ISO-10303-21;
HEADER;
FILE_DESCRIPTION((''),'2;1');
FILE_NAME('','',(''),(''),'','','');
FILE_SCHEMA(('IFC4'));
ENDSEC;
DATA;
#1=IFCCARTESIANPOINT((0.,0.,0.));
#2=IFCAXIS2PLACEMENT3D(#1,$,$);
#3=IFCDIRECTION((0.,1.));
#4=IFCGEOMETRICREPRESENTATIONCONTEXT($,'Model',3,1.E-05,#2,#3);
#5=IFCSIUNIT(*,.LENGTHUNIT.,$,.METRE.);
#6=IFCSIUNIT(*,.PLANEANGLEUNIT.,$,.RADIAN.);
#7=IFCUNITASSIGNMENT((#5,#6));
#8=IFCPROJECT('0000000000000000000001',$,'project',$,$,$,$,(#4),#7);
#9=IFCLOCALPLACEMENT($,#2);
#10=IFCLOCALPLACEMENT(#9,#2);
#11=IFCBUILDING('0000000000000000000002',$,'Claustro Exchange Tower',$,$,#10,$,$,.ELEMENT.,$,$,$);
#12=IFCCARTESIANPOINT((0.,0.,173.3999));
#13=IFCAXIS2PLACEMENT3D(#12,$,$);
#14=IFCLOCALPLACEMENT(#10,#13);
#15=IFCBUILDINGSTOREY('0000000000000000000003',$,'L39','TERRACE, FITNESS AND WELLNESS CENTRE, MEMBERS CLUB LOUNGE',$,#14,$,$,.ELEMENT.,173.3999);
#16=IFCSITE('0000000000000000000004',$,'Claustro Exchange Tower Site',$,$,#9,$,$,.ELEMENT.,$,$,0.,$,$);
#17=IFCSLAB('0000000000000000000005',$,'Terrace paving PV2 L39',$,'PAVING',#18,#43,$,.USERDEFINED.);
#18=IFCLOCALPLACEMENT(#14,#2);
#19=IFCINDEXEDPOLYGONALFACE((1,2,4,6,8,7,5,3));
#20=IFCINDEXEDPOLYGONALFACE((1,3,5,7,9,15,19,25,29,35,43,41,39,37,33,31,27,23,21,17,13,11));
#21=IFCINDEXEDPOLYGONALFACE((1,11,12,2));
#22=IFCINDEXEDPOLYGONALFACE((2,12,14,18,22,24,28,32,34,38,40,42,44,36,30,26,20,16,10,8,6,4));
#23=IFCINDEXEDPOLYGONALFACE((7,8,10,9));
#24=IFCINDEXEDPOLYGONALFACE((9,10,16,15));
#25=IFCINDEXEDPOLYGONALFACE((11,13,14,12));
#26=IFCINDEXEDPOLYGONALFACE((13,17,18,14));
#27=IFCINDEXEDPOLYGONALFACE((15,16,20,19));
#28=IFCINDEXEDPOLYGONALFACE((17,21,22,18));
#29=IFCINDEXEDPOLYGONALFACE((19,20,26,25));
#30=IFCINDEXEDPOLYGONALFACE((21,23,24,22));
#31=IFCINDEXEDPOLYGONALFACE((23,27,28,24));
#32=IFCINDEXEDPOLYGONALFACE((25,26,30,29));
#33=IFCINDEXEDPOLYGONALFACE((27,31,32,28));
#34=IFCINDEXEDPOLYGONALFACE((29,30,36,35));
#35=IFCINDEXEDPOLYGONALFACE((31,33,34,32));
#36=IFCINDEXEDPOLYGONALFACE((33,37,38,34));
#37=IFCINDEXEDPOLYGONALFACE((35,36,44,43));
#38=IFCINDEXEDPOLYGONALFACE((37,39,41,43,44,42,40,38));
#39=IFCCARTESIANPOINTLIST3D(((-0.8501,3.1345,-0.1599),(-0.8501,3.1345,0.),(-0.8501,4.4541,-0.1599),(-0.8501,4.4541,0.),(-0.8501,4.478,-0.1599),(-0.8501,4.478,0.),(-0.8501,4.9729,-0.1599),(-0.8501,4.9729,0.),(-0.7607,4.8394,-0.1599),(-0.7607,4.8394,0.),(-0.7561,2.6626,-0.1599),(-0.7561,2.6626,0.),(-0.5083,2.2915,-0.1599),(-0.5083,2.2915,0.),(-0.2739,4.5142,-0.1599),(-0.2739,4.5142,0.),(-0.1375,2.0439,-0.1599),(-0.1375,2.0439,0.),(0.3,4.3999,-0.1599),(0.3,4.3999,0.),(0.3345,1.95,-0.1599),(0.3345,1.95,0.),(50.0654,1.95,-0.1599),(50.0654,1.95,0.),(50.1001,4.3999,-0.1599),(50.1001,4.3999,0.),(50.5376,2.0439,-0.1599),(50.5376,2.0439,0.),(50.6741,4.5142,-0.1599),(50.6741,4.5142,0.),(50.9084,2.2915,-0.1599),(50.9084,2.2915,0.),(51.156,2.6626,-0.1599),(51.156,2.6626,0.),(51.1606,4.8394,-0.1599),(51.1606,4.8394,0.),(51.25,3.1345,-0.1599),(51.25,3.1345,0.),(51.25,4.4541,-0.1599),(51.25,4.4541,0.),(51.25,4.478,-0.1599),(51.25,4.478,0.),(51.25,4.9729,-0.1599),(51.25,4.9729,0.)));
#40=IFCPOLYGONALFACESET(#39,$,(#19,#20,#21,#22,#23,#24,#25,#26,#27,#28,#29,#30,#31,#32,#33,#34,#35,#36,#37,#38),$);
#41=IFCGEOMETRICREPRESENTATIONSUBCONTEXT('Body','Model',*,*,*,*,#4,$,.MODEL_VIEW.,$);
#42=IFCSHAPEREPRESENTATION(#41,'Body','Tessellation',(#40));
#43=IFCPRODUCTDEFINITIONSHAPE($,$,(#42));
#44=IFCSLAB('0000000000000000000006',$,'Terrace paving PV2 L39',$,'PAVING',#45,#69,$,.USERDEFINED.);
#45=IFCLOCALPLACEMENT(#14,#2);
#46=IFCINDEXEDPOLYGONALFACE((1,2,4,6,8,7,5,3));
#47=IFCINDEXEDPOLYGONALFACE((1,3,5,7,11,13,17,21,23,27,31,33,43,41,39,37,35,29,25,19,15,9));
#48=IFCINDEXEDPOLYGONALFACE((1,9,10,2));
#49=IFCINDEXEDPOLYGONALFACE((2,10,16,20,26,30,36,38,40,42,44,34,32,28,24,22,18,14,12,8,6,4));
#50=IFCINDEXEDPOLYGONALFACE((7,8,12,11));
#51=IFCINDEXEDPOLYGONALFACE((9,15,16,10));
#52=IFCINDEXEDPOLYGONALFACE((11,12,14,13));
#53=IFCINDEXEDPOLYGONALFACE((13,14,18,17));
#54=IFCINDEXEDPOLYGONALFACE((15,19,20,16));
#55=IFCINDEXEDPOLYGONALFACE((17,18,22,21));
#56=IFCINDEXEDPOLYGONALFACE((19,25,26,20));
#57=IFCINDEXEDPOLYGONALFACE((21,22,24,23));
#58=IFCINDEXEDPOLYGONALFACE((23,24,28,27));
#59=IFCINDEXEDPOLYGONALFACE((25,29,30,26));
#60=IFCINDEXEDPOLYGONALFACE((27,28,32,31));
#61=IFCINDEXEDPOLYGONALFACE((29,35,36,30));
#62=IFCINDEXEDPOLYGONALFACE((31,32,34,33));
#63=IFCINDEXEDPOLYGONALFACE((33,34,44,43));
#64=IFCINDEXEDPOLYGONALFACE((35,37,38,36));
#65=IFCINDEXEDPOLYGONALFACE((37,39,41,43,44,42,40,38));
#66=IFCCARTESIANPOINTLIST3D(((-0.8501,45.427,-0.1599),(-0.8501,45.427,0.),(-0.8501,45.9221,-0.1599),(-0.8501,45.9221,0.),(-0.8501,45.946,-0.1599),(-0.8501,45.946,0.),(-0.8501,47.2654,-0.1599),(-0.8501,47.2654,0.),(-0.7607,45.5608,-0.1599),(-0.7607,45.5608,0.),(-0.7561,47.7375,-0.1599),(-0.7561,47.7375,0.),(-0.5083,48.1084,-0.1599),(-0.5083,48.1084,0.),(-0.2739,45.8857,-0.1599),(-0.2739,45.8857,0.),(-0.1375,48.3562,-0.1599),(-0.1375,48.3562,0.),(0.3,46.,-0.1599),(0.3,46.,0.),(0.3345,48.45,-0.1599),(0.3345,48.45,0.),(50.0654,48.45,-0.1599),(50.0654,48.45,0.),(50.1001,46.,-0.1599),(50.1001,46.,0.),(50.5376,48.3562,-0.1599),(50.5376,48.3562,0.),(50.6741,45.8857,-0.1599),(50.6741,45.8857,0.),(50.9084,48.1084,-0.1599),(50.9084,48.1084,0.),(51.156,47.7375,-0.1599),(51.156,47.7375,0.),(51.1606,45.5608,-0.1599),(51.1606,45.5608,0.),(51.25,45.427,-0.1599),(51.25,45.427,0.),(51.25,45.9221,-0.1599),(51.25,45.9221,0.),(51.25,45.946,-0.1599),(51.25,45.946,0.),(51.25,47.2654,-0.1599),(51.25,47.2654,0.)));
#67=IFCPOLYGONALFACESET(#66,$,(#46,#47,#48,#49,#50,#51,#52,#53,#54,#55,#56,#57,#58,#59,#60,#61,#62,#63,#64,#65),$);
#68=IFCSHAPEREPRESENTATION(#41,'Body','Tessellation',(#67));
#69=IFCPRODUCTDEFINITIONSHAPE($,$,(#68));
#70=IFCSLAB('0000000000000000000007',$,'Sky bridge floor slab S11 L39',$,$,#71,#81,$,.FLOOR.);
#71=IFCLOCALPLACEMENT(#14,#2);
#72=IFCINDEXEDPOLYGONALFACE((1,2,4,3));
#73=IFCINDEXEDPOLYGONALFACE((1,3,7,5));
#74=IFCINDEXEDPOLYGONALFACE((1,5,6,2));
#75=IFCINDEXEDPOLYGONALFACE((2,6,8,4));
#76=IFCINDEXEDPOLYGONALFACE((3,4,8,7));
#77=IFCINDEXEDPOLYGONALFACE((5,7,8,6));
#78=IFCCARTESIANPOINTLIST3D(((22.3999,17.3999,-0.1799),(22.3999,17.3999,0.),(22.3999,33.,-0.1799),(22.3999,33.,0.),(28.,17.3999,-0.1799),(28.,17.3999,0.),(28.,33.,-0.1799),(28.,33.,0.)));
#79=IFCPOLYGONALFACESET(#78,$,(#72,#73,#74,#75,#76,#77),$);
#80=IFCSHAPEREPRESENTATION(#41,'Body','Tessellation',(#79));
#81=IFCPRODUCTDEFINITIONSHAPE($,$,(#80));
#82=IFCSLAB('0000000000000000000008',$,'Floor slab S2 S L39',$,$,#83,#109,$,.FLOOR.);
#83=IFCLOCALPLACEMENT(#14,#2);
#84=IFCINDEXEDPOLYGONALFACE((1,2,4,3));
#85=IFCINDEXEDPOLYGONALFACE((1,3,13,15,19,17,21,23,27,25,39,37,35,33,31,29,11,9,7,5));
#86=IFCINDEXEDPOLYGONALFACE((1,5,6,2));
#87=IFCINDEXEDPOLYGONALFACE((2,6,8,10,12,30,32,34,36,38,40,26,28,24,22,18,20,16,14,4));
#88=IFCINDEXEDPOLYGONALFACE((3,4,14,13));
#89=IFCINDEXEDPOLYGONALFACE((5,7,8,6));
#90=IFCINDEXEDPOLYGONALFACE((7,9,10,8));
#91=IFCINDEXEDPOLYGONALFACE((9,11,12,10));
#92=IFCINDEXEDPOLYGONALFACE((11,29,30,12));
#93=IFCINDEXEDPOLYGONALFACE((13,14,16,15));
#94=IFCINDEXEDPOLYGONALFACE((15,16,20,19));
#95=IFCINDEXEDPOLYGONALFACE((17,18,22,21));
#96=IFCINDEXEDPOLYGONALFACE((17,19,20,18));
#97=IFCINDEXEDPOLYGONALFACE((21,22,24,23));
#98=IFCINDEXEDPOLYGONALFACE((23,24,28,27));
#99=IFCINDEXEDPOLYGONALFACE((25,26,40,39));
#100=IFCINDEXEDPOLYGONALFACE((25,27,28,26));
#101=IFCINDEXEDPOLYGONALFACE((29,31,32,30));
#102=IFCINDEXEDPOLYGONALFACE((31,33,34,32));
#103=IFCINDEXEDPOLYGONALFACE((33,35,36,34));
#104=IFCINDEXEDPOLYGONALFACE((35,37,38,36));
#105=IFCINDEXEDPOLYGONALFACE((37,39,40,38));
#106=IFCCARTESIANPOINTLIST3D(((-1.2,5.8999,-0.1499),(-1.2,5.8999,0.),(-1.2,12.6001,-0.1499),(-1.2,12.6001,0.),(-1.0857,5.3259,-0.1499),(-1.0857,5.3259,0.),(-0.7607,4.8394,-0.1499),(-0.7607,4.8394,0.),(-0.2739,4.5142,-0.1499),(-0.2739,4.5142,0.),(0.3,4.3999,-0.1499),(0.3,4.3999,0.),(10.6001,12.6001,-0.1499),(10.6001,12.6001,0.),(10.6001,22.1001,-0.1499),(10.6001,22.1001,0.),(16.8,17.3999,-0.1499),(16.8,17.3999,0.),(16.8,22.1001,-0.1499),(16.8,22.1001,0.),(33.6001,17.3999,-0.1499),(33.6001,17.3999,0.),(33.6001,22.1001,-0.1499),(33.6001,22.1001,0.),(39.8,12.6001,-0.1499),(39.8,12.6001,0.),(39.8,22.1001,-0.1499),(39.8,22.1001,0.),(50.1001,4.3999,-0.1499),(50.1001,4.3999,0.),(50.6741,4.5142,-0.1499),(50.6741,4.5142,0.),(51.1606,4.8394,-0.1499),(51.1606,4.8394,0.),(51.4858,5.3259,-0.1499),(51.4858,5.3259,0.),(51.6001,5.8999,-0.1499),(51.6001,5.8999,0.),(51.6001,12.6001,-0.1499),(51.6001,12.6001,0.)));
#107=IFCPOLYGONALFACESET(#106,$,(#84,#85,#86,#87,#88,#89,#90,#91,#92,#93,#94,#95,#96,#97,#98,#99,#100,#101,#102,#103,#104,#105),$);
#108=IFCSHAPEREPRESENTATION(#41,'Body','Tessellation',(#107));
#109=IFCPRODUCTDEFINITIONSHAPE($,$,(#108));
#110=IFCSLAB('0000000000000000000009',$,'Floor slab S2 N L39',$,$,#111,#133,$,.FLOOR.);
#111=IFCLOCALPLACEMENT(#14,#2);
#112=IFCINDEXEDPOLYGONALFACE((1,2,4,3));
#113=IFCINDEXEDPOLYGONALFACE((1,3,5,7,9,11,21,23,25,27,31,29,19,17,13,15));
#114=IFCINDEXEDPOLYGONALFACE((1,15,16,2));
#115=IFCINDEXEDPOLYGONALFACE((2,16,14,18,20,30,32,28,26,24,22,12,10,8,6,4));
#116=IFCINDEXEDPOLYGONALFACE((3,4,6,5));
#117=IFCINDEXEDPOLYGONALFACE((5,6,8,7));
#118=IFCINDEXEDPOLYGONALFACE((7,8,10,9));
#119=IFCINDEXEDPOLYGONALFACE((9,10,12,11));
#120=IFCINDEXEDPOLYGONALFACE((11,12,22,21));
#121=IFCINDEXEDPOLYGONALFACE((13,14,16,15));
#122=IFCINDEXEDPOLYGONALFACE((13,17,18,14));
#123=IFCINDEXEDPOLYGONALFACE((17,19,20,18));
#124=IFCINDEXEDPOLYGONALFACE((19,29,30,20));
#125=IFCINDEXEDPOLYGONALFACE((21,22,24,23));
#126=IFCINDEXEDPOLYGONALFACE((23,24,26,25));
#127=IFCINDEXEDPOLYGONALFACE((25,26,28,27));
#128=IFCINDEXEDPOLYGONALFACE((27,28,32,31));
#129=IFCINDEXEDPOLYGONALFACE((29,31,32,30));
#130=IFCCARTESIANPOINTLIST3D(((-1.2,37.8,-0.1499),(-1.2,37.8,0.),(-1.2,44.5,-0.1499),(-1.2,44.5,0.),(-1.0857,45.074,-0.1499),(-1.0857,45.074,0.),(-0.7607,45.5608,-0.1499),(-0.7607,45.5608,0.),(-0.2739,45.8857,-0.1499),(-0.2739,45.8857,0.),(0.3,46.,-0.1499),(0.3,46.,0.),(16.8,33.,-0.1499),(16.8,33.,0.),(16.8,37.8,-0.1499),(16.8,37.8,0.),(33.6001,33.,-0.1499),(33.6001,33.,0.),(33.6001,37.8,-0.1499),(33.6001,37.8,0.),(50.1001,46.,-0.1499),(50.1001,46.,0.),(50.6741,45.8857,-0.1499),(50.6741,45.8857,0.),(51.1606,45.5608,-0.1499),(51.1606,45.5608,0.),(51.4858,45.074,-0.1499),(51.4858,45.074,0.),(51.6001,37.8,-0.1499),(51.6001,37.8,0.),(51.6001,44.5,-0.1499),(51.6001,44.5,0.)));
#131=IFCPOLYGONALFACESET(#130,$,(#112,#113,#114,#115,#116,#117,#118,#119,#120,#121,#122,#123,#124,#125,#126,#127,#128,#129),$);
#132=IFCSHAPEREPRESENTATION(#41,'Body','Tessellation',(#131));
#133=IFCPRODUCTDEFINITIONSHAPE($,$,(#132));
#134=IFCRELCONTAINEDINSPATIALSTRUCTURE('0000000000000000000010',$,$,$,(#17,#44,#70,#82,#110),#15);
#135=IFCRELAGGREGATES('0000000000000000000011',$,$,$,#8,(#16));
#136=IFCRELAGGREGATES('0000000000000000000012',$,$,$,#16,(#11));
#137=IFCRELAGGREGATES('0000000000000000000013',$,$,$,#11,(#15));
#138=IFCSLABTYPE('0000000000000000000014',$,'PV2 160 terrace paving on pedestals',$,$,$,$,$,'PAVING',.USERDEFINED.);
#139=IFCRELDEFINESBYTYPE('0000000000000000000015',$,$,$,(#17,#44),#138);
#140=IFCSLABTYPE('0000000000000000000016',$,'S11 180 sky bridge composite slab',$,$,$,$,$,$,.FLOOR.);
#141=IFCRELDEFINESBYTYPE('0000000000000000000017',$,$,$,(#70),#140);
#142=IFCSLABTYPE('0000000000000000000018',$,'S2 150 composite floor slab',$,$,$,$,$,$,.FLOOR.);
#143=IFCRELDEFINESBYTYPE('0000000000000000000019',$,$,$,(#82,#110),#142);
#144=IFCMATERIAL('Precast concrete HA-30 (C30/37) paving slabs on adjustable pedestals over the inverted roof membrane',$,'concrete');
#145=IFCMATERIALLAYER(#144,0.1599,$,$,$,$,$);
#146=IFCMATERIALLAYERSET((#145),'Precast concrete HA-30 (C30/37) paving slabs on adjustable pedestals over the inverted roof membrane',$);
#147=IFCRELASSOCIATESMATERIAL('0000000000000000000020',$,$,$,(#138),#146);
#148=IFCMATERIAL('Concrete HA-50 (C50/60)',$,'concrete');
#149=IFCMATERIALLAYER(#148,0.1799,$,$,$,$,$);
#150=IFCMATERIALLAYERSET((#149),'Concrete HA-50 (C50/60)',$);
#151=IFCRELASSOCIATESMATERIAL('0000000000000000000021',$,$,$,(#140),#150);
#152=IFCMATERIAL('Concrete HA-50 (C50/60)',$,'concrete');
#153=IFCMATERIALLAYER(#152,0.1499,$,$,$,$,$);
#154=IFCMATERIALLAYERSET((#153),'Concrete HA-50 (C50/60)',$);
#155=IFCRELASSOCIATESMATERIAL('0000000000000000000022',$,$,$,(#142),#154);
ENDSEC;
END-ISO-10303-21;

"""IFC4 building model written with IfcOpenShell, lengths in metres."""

from ifc_helpers import new_model, si_unit, direction, frame, origin, place, context, subcontext, project, spatial, polyline, outline, extrude, material, layer, layer_set, type_object, element, save


model = new_model("IFC4")

# Units and contexts
model_context = context("Model", 3, precision=1e-05, world=origin(), true_north=direction((0.0, 1.0)))
body_context = subcontext(model_context, "Body", "Model", "MODEL_VIEW")
ifc_project = project(units=[si_unit("LENGTHUNIT", "METRE"), si_unit("PLANEANGLEUNIT", "RADIAN")], contexts=[model_context])

# Site, building, storey
site_placement = place(None, origin())
site = spatial("IfcSite", under=ifc_project, at=site_placement, Name="Claustro Exchange Tower Site", CompositionType="ELEMENT", RefElevation=0.0)
building_placement = place(site_placement, origin())
building = spatial("IfcBuilding", under=site, at=building_placement, Name="Claustro Exchange Tower", CompositionType="ELEMENT")
storey_placement = place(building_placement, frame((0.0, 0.0, 173.3999)))
storey = spatial("IfcBuildingStorey", under=building, at=storey_placement, Name="L39", Description="TERRACE, FITNESS AND WELLNESS CENTRE, MEMBERS CLUB LOUNGE", CompositionType="ELEMENT", Elevation=173.3999)

# Slabs
ifc_material_1 = material(Name="Precast concrete HA-30 (C30/37) paving slabs on adjustable pedestals over the inverted roof membrane", Category="concrete")
ifc_layer_1 = layer(ifc_material_1, 0.1599)
ifc_layer_set_1 = layer_set([ifc_layer_1], Name="Precast concrete HA-30 (C30/37) paving slabs on adjustable pedestals over the inverted roof membrane")
slab_type_1 = type_object("IfcSlabType", Name="PV2 160 terrace paving on pedestals", ElementType="PAVING", PredefinedType="USERDEFINED", material=ifc_layer_set_1)
slab_1_placement = place(storey_placement, frame((0.0, 0.0, -0.1599)))
element("IfcSlab", 1, at=slab_1_placement, inside=storey, type_object=slab_type_1, Name="Terrace paving PV2 L39", ObjectType="PAVING", PredefinedType="USERDEFINED", context=body_context, shape_type="SweptSolid", body=[
    extrude(outline(polyline([(51.25, 3.1345), (51.25, 4.4541), (51.25, 4.478), (51.25, 4.9729), (51.1606, 4.8394), (50.6741, 4.5142), (50.1001, 4.3999), (0.3, 4.3999), (-0.2739, 4.5142), (-0.7607, 4.8394), (-0.8501, 4.9729), (-0.8501, 4.478), (-0.8501, 4.4541), (-0.8501, 3.1345), (-0.7561, 2.6626), (-0.5083, 2.2915), (-0.1375, 2.0439), (0.3345, 1.95), (50.0654, 1.95), (50.5376, 2.0439), (50.9084, 2.2915), (51.156, 2.6626), (51.25, 3.1345)])), origin(), (0.0, 0.0, 1.0), 0.1599),
])
slab_2_placement = place(storey_placement, frame((0.0, 0.0, -0.1599)))
element("IfcSlab", 2, at=slab_2_placement, inside=storey, type_object=slab_type_1, Name="Terrace paving PV2 L39", ObjectType="PAVING", PredefinedType="USERDEFINED", context=body_context, shape_type="SweptSolid", body=[
    extrude(outline(polyline([(-0.8501, 47.2654), (-0.8501, 45.946), (-0.8501, 45.9221), (-0.8501, 45.427), (-0.7607, 45.5608), (-0.2739, 45.8857), (0.3, 46.0), (50.1001, 46.0), (50.6741, 45.8857), (51.1606, 45.5608), (51.25, 45.427), (51.25, 45.9221), (51.25, 45.946), (51.25, 47.2654), (51.156, 47.7375), (50.9084, 48.1084), (50.5376, 48.3562), (50.0654, 48.45), (0.3345, 48.45), (-0.1375, 48.3562), (-0.5083, 48.1084), (-0.7561, 47.7375), (-0.8501, 47.2654)])), origin(), (0.0, 0.0, 1.0), 0.1599),
])
ifc_material_2 = material(Name="Concrete HA-50 (C50/60)", Category="concrete")
ifc_layer_2 = layer(ifc_material_2, 0.1799)
ifc_layer_set_2 = layer_set([ifc_layer_2], Name="Concrete HA-50 (C50/60)")
slab_type_2 = type_object("IfcSlabType", Name="S11 180 sky bridge composite slab", PredefinedType="FLOOR", material=ifc_layer_set_2)
slab_3_placement = place(storey_placement, frame((0.0, 0.0, -0.1799)))
element("IfcSlab", 3, at=slab_3_placement, inside=storey, type_object=slab_type_2, Name="Sky bridge floor slab S11 L39", PredefinedType="FLOOR", context=body_context, shape_type="SweptSolid", body=[
    extrude(outline(polyline([(28.0, 17.3999), (28.0, 33.0), (22.3999, 33.0), (22.3999, 17.3999), (28.0, 17.3999)])), origin(), (0.0, 0.0, 1.0), 0.1799),
])
ifc_material_3 = material(Name="Concrete HA-50 (C50/60)", Category="concrete")
ifc_layer_3 = layer(ifc_material_3, 0.1499)
ifc_layer_set_3 = layer_set([ifc_layer_3], Name="Concrete HA-50 (C50/60)")
slab_type_3 = type_object("IfcSlabType", Name="S2 150 composite floor slab", PredefinedType="FLOOR", material=ifc_layer_set_3)
slab_4_placement = place(storey_placement, frame((0.0, 0.0, -0.1499)))
element("IfcSlab", 4, at=slab_4_placement, inside=storey, type_object=slab_type_3, Name="Floor slab S2 S L39", PredefinedType="FLOOR", context=body_context, shape_type="SweptSolid", body=[
    extrude(outline(polyline([(-0.2739, 4.5142), (0.3, 4.3999), (50.1001, 4.3999), (50.6741, 4.5142), (51.1606, 4.8394), (51.4858, 5.3259), (51.6001, 5.8999), (51.6001, 12.6001), (39.8, 12.6001), (39.8, 22.1001), (33.6001, 22.1001), (33.6001, 17.3999), (16.8, 17.3999), (16.8, 22.1001), (10.6001, 22.1001), (10.6001, 12.6001), (-1.2, 12.6001), (-1.2, 5.8999), (-1.0857, 5.3259), (-0.7607, 4.8394), (-0.2739, 4.5142)])), origin(), (0.0, 0.0, 1.0), 0.1499),
])
slab_5_placement = place(storey_placement, frame((0.0, 0.0, -0.1499)))
element("IfcSlab", 5, at=slab_5_placement, inside=storey, type_object=slab_type_3, Name="Floor slab S2 N L39", PredefinedType="FLOOR", context=body_context, shape_type="SweptSolid", body=[
    extrude(outline(polyline([(16.8, 37.8), (16.8, 33.0), (33.6001, 33.0), (33.6001, 37.8), (51.6001, 37.8), (51.6001, 44.5), (51.4858, 45.074), (51.1606, 45.5608), (50.6741, 45.8857), (50.1001, 46.0), (0.3, 46.0), (-0.2739, 45.8857), (-0.7607, 45.5608), (-1.0857, 45.074), (-1.2, 44.5), (-1.2, 37.8), (16.8, 37.8)])), origin(), (0.0, 0.0, 1.0), 0.1499),
])

save(model, "model.ifc")
